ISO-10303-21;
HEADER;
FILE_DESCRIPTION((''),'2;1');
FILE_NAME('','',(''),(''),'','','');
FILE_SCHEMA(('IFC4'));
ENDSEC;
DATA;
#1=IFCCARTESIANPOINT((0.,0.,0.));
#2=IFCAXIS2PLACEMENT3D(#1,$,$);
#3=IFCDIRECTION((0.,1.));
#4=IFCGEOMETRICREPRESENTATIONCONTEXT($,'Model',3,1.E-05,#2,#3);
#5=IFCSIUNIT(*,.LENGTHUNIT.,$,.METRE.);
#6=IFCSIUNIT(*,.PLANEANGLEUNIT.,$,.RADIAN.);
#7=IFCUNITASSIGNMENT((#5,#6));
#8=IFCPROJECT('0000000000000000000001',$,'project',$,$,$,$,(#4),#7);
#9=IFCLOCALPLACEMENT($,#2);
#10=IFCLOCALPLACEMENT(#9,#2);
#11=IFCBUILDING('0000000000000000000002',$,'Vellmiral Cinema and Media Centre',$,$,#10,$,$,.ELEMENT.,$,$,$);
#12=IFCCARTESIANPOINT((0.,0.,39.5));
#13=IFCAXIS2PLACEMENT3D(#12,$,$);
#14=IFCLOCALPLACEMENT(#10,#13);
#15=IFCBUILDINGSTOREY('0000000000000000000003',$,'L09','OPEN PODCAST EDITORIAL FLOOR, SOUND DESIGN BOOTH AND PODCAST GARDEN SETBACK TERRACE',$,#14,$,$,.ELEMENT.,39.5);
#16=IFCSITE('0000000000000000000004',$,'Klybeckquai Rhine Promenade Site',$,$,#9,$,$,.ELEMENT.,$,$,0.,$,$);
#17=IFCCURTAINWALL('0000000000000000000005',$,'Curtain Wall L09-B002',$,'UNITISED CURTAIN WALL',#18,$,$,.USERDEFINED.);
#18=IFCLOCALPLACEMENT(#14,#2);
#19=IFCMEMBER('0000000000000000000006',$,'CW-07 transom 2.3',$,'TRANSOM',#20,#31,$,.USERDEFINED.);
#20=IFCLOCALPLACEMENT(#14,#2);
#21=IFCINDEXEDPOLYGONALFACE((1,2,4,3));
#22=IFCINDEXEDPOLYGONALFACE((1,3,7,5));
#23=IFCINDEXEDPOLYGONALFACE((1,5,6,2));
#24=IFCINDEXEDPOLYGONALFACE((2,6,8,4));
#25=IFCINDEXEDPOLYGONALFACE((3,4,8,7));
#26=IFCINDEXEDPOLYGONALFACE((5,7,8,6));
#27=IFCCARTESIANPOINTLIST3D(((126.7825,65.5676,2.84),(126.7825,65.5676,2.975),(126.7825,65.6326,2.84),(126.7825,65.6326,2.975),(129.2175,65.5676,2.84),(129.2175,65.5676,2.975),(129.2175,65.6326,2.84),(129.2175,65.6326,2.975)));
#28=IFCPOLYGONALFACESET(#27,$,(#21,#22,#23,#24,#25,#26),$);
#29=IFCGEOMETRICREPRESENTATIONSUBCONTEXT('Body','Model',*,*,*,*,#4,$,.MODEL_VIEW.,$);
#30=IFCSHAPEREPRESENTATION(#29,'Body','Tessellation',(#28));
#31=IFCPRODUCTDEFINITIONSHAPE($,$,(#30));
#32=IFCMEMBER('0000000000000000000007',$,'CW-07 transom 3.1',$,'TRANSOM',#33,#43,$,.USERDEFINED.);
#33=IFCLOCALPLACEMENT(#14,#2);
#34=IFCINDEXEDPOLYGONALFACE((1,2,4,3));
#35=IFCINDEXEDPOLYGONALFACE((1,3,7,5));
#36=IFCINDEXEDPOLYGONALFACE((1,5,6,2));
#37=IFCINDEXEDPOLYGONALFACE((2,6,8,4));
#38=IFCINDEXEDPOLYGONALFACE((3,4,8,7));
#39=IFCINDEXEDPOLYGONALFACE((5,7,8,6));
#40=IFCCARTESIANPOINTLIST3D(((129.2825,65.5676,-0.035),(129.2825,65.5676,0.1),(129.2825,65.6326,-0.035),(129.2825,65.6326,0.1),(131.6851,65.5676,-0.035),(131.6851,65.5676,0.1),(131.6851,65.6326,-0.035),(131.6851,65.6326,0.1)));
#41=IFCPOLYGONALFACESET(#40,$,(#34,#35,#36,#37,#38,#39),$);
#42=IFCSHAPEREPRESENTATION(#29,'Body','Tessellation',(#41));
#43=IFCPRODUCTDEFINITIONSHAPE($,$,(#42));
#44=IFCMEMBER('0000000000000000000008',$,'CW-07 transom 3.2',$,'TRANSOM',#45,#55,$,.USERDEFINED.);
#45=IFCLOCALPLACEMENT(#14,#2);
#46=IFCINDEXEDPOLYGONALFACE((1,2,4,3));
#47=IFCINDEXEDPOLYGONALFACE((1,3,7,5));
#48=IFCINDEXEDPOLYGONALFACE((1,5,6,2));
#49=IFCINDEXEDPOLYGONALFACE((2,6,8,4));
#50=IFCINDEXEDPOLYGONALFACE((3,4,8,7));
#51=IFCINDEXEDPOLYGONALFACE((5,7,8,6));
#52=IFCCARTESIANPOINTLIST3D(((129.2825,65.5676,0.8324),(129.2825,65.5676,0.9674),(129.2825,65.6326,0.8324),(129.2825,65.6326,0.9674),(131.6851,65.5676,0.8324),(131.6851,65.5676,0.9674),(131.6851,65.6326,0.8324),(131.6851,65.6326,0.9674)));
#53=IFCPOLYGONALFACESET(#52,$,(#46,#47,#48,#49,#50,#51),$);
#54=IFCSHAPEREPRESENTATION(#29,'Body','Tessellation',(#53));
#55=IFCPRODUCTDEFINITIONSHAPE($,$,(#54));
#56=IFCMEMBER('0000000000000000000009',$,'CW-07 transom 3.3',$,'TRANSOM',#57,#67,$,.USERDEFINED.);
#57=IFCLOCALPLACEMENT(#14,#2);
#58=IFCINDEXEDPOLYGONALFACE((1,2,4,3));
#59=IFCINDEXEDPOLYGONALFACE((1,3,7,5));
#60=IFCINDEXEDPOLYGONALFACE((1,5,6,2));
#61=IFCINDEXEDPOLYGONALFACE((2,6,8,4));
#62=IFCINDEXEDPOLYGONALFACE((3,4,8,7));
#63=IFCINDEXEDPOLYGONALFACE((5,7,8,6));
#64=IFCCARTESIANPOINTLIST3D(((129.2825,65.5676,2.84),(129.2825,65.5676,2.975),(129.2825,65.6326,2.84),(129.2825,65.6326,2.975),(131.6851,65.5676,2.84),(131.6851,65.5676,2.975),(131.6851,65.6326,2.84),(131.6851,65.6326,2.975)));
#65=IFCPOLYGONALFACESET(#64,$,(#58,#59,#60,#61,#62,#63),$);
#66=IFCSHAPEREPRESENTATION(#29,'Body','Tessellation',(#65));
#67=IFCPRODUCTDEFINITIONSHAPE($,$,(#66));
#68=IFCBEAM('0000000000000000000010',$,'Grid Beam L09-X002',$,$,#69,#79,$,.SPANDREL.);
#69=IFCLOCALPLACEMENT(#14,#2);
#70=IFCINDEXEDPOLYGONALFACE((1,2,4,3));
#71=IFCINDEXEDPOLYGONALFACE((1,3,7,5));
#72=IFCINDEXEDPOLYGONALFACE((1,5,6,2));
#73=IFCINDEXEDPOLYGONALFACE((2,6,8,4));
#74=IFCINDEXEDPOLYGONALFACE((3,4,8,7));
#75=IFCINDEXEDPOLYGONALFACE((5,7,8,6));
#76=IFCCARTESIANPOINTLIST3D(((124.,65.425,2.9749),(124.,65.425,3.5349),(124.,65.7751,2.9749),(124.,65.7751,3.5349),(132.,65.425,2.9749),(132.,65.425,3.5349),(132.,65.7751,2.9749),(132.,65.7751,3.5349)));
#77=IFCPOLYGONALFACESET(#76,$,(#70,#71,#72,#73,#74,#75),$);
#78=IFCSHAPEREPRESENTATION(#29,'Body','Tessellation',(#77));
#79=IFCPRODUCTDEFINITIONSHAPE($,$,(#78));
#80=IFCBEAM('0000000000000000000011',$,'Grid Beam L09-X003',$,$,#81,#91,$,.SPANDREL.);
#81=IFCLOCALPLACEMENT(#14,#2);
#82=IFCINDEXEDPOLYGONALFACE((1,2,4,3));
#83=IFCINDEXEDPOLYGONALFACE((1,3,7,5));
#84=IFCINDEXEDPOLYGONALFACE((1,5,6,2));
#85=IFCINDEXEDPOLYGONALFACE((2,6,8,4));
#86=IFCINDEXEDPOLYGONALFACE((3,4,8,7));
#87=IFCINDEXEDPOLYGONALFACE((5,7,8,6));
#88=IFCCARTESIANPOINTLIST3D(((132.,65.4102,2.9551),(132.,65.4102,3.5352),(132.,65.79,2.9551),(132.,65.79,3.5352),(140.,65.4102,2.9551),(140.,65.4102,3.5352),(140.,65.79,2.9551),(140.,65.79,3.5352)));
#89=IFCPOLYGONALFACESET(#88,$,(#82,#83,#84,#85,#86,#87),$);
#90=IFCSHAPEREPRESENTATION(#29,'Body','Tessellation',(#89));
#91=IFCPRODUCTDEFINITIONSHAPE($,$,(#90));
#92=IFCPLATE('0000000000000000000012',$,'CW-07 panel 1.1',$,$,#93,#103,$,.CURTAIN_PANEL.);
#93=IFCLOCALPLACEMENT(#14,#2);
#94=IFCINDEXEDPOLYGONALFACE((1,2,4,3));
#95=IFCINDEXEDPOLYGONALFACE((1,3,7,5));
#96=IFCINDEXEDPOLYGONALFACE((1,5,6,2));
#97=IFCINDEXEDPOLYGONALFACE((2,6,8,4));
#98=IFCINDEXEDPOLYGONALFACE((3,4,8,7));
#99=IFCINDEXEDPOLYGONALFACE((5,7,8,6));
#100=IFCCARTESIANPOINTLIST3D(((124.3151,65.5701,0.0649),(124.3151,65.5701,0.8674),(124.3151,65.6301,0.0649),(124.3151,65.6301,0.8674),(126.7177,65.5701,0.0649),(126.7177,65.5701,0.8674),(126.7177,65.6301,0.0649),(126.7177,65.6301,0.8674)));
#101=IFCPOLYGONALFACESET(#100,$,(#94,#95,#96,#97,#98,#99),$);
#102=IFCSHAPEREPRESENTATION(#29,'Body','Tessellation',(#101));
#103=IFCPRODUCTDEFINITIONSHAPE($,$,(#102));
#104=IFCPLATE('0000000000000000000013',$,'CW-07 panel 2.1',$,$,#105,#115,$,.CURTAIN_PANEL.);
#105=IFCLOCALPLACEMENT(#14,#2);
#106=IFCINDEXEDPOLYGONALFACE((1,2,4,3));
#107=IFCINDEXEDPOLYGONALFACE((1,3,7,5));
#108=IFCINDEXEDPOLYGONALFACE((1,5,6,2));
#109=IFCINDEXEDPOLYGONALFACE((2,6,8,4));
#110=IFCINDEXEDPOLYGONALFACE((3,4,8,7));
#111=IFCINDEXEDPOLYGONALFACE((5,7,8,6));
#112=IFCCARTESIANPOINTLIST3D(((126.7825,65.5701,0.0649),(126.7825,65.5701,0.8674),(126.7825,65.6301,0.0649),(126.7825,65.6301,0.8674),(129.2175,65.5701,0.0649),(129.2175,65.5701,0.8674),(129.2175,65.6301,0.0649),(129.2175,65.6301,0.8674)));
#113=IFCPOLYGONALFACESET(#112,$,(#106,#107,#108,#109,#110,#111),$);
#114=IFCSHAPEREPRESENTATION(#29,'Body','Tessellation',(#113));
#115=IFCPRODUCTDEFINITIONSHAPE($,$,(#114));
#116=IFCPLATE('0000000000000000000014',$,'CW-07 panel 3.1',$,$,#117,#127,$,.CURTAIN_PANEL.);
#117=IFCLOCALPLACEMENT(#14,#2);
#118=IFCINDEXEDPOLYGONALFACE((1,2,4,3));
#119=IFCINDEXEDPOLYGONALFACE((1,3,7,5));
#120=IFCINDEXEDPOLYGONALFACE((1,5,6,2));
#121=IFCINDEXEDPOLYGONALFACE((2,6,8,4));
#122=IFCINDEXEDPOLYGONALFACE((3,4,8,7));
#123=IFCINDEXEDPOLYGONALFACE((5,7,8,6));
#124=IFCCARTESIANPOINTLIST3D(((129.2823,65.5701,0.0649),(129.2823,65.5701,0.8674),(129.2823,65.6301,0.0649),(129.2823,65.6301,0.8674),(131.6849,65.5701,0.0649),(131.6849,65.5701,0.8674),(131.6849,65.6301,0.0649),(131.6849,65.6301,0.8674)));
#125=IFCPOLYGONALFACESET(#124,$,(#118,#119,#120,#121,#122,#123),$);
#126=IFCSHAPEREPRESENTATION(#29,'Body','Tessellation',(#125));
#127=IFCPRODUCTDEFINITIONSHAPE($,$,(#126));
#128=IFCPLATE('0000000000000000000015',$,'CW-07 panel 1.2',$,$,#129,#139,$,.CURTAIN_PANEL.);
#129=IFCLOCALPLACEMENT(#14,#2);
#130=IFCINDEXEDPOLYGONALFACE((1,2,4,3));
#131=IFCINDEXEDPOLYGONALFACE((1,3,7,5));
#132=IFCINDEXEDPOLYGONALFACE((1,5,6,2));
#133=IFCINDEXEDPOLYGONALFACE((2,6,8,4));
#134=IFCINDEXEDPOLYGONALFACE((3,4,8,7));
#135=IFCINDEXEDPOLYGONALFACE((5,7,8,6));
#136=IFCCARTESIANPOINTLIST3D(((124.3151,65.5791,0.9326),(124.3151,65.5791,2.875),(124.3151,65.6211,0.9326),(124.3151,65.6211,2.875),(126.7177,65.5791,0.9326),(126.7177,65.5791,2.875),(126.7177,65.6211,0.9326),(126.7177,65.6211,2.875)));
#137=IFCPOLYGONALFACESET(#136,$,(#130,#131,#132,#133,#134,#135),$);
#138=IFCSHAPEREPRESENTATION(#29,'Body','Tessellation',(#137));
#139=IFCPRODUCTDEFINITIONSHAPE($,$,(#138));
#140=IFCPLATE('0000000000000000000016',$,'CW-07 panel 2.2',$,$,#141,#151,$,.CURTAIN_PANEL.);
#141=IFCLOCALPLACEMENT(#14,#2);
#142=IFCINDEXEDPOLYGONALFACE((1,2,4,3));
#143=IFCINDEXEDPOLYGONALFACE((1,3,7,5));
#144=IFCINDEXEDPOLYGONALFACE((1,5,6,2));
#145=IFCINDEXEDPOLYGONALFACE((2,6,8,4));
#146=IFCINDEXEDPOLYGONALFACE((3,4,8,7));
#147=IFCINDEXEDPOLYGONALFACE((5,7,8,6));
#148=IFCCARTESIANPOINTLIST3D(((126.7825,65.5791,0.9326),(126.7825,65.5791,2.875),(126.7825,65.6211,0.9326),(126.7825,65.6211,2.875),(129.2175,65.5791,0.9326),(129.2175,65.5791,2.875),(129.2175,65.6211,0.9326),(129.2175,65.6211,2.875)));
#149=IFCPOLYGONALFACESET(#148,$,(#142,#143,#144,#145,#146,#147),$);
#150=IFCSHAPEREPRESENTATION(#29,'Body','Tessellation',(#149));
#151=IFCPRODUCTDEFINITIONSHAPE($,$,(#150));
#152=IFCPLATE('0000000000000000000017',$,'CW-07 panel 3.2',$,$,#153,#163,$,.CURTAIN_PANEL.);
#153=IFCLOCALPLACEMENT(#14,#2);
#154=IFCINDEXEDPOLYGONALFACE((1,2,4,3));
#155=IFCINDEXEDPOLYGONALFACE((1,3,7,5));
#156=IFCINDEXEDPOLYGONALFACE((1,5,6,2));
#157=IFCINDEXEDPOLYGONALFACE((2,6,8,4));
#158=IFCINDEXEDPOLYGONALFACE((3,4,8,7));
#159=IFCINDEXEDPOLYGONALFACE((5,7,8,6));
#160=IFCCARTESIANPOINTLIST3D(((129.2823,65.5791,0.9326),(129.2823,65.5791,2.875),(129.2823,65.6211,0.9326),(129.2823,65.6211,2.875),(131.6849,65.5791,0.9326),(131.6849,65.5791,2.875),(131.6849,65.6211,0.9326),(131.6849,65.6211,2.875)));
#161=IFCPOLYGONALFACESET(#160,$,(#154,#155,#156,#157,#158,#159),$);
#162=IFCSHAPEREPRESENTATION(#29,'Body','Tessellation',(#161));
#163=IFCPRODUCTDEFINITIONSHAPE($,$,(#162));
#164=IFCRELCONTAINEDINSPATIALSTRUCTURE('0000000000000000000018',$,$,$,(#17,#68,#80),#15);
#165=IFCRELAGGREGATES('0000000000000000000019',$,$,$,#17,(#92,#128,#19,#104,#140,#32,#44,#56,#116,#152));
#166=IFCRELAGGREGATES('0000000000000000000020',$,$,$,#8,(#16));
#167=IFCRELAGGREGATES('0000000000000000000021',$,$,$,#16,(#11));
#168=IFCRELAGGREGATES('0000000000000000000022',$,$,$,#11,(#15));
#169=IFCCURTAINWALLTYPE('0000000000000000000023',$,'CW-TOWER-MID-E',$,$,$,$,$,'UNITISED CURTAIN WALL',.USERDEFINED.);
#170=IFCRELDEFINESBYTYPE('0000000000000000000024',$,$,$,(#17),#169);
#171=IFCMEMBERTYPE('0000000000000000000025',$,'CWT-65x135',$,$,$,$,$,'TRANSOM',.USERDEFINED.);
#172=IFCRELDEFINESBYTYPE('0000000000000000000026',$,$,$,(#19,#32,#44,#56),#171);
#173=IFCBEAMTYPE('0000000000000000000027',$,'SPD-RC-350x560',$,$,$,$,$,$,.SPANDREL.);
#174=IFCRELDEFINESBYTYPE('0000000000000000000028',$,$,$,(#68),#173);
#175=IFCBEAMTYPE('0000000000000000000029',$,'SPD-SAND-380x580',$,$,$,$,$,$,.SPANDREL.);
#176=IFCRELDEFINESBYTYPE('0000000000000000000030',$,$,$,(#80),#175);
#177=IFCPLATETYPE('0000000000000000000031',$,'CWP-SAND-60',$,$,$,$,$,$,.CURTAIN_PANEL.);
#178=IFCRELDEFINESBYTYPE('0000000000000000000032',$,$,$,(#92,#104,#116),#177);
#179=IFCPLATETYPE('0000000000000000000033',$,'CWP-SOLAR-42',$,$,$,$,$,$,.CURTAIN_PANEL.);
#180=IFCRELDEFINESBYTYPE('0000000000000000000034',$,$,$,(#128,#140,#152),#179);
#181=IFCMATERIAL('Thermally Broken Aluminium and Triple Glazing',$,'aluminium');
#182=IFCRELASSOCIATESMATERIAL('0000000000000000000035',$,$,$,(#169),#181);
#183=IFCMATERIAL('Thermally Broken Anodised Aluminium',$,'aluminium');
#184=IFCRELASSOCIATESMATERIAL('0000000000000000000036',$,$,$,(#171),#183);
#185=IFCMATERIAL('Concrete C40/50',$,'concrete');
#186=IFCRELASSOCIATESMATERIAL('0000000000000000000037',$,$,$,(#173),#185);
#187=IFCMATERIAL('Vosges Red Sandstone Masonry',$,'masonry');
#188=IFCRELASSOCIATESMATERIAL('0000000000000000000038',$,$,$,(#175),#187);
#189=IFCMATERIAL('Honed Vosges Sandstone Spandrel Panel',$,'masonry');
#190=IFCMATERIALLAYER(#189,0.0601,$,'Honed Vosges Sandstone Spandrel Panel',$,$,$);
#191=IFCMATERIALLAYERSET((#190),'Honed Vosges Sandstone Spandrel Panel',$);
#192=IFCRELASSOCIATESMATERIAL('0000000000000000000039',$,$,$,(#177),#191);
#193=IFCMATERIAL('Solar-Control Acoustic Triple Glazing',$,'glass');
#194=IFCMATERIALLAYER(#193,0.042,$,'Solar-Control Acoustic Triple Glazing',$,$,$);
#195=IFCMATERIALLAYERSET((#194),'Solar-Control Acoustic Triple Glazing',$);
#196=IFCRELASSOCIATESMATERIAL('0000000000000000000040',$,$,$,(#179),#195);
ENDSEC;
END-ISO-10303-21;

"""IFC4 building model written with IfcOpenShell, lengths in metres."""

from ifc_helpers import new_model, si_unit, direction, frame, origin, origin_2d, place, context, subcontext, project, spatial, rectangle, extrude, material, layer, layer_set, material_profile, profile_set, type_object, element, aggregate, save


model = new_model("IFC4")

# Units and contexts
model_context = context("Model", 3, precision=1e-05, world=origin(), true_north=direction((0.0, 1.0)))
body_context = subcontext(model_context, "Body", "Model", "MODEL_VIEW")
ifc_project = project(units=[si_unit("LENGTHUNIT", "METRE"), si_unit("PLANEANGLEUNIT", "RADIAN")], contexts=[model_context])

# Site, building, storey
site_placement = place(None, origin())
site = spatial("IfcSite", under=ifc_project, at=site_placement, Name="Klybeckquai Rhine Promenade Site", CompositionType="ELEMENT", RefElevation=0.0)
building_placement = place(site_placement, origin())
building = spatial("IfcBuilding", under=site, at=building_placement, Name="Vellmiral Cinema and Media Centre", CompositionType="ELEMENT")
storey_placement = place(building_placement, frame((0.0, 0.0, 39.5)))
storey = spatial("IfcBuildingStorey", under=building, at=storey_placement, Name="L09", Description="OPEN PODCAST EDITORIAL FLOOR, SOUND DESIGN BOOTH AND PODCAST GARDEN SETBACK TERRACE", CompositionType="ELEMENT", Elevation=39.5)

# Curtain wall, members
ifc_material_1 = material(Name="Thermally Broken Aluminium and Triple Glazing", Category="aluminium")
curtain_wall_type = type_object("IfcCurtainWallType", Name="CW-TOWER-MID-E", ElementType="UNITISED CURTAIN WALL", PredefinedType="USERDEFINED", material=ifc_material_1)
curtain_wall_placement = place(storey_placement, origin())
curtain_wall = element("IfcCurtainWall", 1, at=curtain_wall_placement, inside=storey, type_object=curtain_wall_type, Name="Curtain Wall L09-B002", ObjectType="UNITISED CURTAIN WALL", PredefinedType="USERDEFINED")
ifc_material_2 = material(Name="Thermally Broken Anodised Aluminium", Category="aluminium")
ifc_material_profile_1 = material_profile(ifc_material_2, rectangle(XDim=0.0649, YDim=0.135, at=origin_2d()), Name="MULL 65x135")
ifc_profile_set_1 = profile_set([ifc_material_profile_1], Name="Thermally Broken Anodised Aluminium")
member_type_1 = type_object("IfcMemberType", Name="CWT-65x135", ElementType="TRANSOM", PredefinedType="USERDEFINED", material=ifc_profile_set_1)
member_1_placement = place(storey_placement, frame((126.7825, 65.6001, 2.9075), z_axis=(1.0, 0.0, 0.0), x_axis=(0.0, 1.0, 0.0)))
member_1 = element("IfcMember", 2, at=member_1_placement, type_object=member_type_1, Name="CW-07 transom 2.3", ObjectType="TRANSOM", PredefinedType="USERDEFINED", context=body_context, shape_type="SweptSolid", body=[
    extrude(rectangle(XDim=0.0649, YDim=0.135, at=origin_2d()), origin(), (0.0, 0.0, 1.0), 2.4351),
])
member_2_placement = place(storey_placement, frame((129.2825, 65.6001, 0.0325), z_axis=(1.0, 0.0, 0.0), x_axis=(0.0, 1.0, 0.0)))
member_2 = element("IfcMember", 3, at=member_2_placement, type_object=member_type_1, Name="CW-07 transom 3.1", ObjectType="TRANSOM", PredefinedType="USERDEFINED", context=body_context, shape_type="SweptSolid", body=[
    extrude(rectangle(XDim=0.0649, YDim=0.135, at=origin_2d()), origin(), (0.0, 0.0, 1.0), 2.4026),
])
member_3_placement = place(storey_placement, frame((129.2825, 65.6001, 0.8999), z_axis=(1.0, 0.0, 0.0), x_axis=(0.0, 1.0, 0.0)))
member_3 = element("IfcMember", 4, at=member_3_placement, type_object=member_type_1, Name="CW-07 transom 3.2", ObjectType="TRANSOM", PredefinedType="USERDEFINED", context=body_context, shape_type="SweptSolid", body=[
    extrude(rectangle(XDim=0.0649, YDim=0.135, at=origin_2d()), origin(), (0.0, 0.0, 1.0), 2.4026),
])
member_4_placement = place(storey_placement, frame((129.2825, 65.6001, 2.9075), z_axis=(1.0, 0.0, 0.0), x_axis=(0.0, 1.0, 0.0)))
member_4 = element("IfcMember", 5, at=member_4_placement, type_object=member_type_1, Name="CW-07 transom 3.3", ObjectType="TRANSOM", PredefinedType="USERDEFINED", context=body_context, shape_type="SweptSolid", body=[
    extrude(rectangle(XDim=0.0649, YDim=0.135, at=origin_2d()), origin(), (0.0, 0.0, 1.0), 2.4026),
])

# Beams
ifc_material_3 = material(Name="Concrete C40/50", Category="concrete")
ifc_material_profile_2 = material_profile(ifc_material_3, rectangle(XDim=0.3501, YDim=0.5601, at=origin_2d()), Name="RC 350x560")
ifc_profile_set_2 = profile_set([ifc_material_profile_2], Name="Concrete C40/50")
beam_type_1 = type_object("IfcBeamType", Name="SPD-RC-350x560", PredefinedType="SPANDREL", material=ifc_profile_set_2)
beam_1_placement = place(storey_placement, frame((124.0, 65.6001, 3.2549), z_axis=(1.0, 0.0, 0.0), x_axis=(0.0, 1.0, 0.0)))
element("IfcBeam", 6, at=beam_1_placement, inside=storey, type_object=beam_type_1, Name="Grid Beam L09-X002", PredefinedType="SPANDREL", context=body_context, shape_type="SweptSolid", body=[
    extrude(rectangle(XDim=0.3501, YDim=0.5601, at=origin_2d()), origin(), (0.0, 0.0, 1.0), 8.0),
])
ifc_material_4 = material(Name="Vosges Red Sandstone Masonry", Category="masonry")
ifc_material_profile_3 = material_profile(ifc_material_4, rectangle(XDim=0.3799, YDim=0.5801, at=origin_2d()), Name="SAND 380x580")
ifc_profile_set_3 = profile_set([ifc_material_profile_3], Name="Vosges Red Sandstone Masonry")
beam_type_2 = type_object("IfcBeamType", Name="SPD-SAND-380x580", PredefinedType="SPANDREL", material=ifc_profile_set_3)
beam_2_placement = place(storey_placement, frame((132.0, 65.6001, 3.2451), z_axis=(1.0, 0.0, 0.0), x_axis=(0.0, 1.0, 0.0)))
element("IfcBeam", 7, at=beam_2_placement, inside=storey, type_object=beam_type_2, Name="Grid Beam L09-X003", PredefinedType="SPANDREL", context=body_context, shape_type="SweptSolid", body=[
    extrude(rectangle(XDim=0.3799, YDim=0.5801, at=origin_2d()), origin(), (0.0, 0.0, 1.0), 8.0),
])

# Plates
ifc_material_5 = material(Name="Honed Vosges Sandstone Spandrel Panel", Category="masonry")
ifc_layer_1 = layer(ifc_material_5, 0.0601, Name="Honed Vosges Sandstone Spandrel Panel")
ifc_layer_set_1 = layer_set([ifc_layer_1], Name="Honed Vosges Sandstone Spandrel Panel")
plate_type_1 = type_object("IfcPlateType", Name="CWP-SAND-60", PredefinedType="CURTAIN_PANEL", material=ifc_layer_set_1)
plate_1_placement = place(storey_placement, frame((125.5164, 65.6001, 0.0649), z_axis=(0.0, 0.0, 1.0), x_axis=(1.0, 0.0, 0.0)))
plate_1 = element("IfcPlate", 8, at=plate_1_placement, type_object=plate_type_1, Name="CW-07 panel 1.1", PredefinedType="CURTAIN_PANEL", context=body_context, shape_type="SweptSolid", body=[
    extrude(rectangle(XDim=2.4026, YDim=0.0601, at=origin_2d()), origin(), (0.0, 0.0, 1.0), 0.8025),
])
plate_2_placement = place(storey_placement, frame((128.0, 65.6001, 0.0649), z_axis=(0.0, 0.0, 1.0), x_axis=(1.0, 0.0, 0.0)))
plate_2 = element("IfcPlate", 9, at=plate_2_placement, type_object=plate_type_1, Name="CW-07 panel 2.1", PredefinedType="CURTAIN_PANEL", context=body_context, shape_type="SweptSolid", body=[
    extrude(rectangle(XDim=2.4351, YDim=0.0601, at=origin_2d()), origin(), (0.0, 0.0, 1.0), 0.8025),
])
plate_3_placement = place(storey_placement, frame((130.4836, 65.6001, 0.0649), z_axis=(0.0, 0.0, 1.0), x_axis=(1.0, 0.0, 0.0)))
plate_3 = element("IfcPlate", 10, at=plate_3_placement, type_object=plate_type_1, Name="CW-07 panel 3.1", PredefinedType="CURTAIN_PANEL", context=body_context, shape_type="SweptSolid", body=[
    extrude(rectangle(XDim=2.4026, YDim=0.0601, at=origin_2d()), origin(), (0.0, 0.0, 1.0), 0.8025),
])
ifc_material_6 = material(Name="Solar-Control Acoustic Triple Glazing", Category="glass")
ifc_layer_2 = layer(ifc_material_6, 0.042, Name="Solar-Control Acoustic Triple Glazing")
ifc_layer_set_2 = layer_set([ifc_layer_2], Name="Solar-Control Acoustic Triple Glazing")
plate_type_2 = type_object("IfcPlateType", Name="CWP-SOLAR-42", PredefinedType="CURTAIN_PANEL", material=ifc_layer_set_2)
plate_4_placement = place(storey_placement, frame((125.5164, 65.6001, 0.9326), z_axis=(0.0, 0.0, 1.0), x_axis=(1.0, 0.0, 0.0)))
plate_4 = element("IfcPlate", 11, at=plate_4_placement, type_object=plate_type_2, Name="CW-07 panel 1.2", PredefinedType="CURTAIN_PANEL", context=body_context, shape_type="SweptSolid", body=[
    extrude(rectangle(XDim=2.4026, YDim=0.042, at=origin_2d()), origin(), (0.0, 0.0, 1.0), 1.9424),
])
plate_5_placement = place(storey_placement, frame((128.0, 65.6001, 0.9326), z_axis=(0.0, 0.0, 1.0), x_axis=(1.0, 0.0, 0.0)))
plate_5 = element("IfcPlate", 12, at=plate_5_placement, type_object=plate_type_2, Name="CW-07 panel 2.2", PredefinedType="CURTAIN_PANEL", context=body_context, shape_type="SweptSolid", body=[
    extrude(rectangle(XDim=2.4351, YDim=0.042, at=origin_2d()), origin(), (0.0, 0.0, 1.0), 1.9424),
])
plate_6_placement = place(storey_placement, frame((130.4836, 65.6001, 0.9326), z_axis=(0.0, 0.0, 1.0), x_axis=(1.0, 0.0, 0.0)))
plate_6 = element("IfcPlate", 13, at=plate_6_placement, type_object=plate_type_2, Name="CW-07 panel 3.2", PredefinedType="CURTAIN_PANEL", context=body_context, shape_type="SweptSolid", body=[
    extrude(rectangle(XDim=2.4026, YDim=0.042, at=origin_2d()), origin(), (0.0, 0.0, 1.0), 1.9424),
])
aggregate(curtain_wall, [plate_1, plate_4, member_1, plate_2, plate_5, member_2, member_3, member_4, plate_3, plate_6])

save(model, "model.ifc")
